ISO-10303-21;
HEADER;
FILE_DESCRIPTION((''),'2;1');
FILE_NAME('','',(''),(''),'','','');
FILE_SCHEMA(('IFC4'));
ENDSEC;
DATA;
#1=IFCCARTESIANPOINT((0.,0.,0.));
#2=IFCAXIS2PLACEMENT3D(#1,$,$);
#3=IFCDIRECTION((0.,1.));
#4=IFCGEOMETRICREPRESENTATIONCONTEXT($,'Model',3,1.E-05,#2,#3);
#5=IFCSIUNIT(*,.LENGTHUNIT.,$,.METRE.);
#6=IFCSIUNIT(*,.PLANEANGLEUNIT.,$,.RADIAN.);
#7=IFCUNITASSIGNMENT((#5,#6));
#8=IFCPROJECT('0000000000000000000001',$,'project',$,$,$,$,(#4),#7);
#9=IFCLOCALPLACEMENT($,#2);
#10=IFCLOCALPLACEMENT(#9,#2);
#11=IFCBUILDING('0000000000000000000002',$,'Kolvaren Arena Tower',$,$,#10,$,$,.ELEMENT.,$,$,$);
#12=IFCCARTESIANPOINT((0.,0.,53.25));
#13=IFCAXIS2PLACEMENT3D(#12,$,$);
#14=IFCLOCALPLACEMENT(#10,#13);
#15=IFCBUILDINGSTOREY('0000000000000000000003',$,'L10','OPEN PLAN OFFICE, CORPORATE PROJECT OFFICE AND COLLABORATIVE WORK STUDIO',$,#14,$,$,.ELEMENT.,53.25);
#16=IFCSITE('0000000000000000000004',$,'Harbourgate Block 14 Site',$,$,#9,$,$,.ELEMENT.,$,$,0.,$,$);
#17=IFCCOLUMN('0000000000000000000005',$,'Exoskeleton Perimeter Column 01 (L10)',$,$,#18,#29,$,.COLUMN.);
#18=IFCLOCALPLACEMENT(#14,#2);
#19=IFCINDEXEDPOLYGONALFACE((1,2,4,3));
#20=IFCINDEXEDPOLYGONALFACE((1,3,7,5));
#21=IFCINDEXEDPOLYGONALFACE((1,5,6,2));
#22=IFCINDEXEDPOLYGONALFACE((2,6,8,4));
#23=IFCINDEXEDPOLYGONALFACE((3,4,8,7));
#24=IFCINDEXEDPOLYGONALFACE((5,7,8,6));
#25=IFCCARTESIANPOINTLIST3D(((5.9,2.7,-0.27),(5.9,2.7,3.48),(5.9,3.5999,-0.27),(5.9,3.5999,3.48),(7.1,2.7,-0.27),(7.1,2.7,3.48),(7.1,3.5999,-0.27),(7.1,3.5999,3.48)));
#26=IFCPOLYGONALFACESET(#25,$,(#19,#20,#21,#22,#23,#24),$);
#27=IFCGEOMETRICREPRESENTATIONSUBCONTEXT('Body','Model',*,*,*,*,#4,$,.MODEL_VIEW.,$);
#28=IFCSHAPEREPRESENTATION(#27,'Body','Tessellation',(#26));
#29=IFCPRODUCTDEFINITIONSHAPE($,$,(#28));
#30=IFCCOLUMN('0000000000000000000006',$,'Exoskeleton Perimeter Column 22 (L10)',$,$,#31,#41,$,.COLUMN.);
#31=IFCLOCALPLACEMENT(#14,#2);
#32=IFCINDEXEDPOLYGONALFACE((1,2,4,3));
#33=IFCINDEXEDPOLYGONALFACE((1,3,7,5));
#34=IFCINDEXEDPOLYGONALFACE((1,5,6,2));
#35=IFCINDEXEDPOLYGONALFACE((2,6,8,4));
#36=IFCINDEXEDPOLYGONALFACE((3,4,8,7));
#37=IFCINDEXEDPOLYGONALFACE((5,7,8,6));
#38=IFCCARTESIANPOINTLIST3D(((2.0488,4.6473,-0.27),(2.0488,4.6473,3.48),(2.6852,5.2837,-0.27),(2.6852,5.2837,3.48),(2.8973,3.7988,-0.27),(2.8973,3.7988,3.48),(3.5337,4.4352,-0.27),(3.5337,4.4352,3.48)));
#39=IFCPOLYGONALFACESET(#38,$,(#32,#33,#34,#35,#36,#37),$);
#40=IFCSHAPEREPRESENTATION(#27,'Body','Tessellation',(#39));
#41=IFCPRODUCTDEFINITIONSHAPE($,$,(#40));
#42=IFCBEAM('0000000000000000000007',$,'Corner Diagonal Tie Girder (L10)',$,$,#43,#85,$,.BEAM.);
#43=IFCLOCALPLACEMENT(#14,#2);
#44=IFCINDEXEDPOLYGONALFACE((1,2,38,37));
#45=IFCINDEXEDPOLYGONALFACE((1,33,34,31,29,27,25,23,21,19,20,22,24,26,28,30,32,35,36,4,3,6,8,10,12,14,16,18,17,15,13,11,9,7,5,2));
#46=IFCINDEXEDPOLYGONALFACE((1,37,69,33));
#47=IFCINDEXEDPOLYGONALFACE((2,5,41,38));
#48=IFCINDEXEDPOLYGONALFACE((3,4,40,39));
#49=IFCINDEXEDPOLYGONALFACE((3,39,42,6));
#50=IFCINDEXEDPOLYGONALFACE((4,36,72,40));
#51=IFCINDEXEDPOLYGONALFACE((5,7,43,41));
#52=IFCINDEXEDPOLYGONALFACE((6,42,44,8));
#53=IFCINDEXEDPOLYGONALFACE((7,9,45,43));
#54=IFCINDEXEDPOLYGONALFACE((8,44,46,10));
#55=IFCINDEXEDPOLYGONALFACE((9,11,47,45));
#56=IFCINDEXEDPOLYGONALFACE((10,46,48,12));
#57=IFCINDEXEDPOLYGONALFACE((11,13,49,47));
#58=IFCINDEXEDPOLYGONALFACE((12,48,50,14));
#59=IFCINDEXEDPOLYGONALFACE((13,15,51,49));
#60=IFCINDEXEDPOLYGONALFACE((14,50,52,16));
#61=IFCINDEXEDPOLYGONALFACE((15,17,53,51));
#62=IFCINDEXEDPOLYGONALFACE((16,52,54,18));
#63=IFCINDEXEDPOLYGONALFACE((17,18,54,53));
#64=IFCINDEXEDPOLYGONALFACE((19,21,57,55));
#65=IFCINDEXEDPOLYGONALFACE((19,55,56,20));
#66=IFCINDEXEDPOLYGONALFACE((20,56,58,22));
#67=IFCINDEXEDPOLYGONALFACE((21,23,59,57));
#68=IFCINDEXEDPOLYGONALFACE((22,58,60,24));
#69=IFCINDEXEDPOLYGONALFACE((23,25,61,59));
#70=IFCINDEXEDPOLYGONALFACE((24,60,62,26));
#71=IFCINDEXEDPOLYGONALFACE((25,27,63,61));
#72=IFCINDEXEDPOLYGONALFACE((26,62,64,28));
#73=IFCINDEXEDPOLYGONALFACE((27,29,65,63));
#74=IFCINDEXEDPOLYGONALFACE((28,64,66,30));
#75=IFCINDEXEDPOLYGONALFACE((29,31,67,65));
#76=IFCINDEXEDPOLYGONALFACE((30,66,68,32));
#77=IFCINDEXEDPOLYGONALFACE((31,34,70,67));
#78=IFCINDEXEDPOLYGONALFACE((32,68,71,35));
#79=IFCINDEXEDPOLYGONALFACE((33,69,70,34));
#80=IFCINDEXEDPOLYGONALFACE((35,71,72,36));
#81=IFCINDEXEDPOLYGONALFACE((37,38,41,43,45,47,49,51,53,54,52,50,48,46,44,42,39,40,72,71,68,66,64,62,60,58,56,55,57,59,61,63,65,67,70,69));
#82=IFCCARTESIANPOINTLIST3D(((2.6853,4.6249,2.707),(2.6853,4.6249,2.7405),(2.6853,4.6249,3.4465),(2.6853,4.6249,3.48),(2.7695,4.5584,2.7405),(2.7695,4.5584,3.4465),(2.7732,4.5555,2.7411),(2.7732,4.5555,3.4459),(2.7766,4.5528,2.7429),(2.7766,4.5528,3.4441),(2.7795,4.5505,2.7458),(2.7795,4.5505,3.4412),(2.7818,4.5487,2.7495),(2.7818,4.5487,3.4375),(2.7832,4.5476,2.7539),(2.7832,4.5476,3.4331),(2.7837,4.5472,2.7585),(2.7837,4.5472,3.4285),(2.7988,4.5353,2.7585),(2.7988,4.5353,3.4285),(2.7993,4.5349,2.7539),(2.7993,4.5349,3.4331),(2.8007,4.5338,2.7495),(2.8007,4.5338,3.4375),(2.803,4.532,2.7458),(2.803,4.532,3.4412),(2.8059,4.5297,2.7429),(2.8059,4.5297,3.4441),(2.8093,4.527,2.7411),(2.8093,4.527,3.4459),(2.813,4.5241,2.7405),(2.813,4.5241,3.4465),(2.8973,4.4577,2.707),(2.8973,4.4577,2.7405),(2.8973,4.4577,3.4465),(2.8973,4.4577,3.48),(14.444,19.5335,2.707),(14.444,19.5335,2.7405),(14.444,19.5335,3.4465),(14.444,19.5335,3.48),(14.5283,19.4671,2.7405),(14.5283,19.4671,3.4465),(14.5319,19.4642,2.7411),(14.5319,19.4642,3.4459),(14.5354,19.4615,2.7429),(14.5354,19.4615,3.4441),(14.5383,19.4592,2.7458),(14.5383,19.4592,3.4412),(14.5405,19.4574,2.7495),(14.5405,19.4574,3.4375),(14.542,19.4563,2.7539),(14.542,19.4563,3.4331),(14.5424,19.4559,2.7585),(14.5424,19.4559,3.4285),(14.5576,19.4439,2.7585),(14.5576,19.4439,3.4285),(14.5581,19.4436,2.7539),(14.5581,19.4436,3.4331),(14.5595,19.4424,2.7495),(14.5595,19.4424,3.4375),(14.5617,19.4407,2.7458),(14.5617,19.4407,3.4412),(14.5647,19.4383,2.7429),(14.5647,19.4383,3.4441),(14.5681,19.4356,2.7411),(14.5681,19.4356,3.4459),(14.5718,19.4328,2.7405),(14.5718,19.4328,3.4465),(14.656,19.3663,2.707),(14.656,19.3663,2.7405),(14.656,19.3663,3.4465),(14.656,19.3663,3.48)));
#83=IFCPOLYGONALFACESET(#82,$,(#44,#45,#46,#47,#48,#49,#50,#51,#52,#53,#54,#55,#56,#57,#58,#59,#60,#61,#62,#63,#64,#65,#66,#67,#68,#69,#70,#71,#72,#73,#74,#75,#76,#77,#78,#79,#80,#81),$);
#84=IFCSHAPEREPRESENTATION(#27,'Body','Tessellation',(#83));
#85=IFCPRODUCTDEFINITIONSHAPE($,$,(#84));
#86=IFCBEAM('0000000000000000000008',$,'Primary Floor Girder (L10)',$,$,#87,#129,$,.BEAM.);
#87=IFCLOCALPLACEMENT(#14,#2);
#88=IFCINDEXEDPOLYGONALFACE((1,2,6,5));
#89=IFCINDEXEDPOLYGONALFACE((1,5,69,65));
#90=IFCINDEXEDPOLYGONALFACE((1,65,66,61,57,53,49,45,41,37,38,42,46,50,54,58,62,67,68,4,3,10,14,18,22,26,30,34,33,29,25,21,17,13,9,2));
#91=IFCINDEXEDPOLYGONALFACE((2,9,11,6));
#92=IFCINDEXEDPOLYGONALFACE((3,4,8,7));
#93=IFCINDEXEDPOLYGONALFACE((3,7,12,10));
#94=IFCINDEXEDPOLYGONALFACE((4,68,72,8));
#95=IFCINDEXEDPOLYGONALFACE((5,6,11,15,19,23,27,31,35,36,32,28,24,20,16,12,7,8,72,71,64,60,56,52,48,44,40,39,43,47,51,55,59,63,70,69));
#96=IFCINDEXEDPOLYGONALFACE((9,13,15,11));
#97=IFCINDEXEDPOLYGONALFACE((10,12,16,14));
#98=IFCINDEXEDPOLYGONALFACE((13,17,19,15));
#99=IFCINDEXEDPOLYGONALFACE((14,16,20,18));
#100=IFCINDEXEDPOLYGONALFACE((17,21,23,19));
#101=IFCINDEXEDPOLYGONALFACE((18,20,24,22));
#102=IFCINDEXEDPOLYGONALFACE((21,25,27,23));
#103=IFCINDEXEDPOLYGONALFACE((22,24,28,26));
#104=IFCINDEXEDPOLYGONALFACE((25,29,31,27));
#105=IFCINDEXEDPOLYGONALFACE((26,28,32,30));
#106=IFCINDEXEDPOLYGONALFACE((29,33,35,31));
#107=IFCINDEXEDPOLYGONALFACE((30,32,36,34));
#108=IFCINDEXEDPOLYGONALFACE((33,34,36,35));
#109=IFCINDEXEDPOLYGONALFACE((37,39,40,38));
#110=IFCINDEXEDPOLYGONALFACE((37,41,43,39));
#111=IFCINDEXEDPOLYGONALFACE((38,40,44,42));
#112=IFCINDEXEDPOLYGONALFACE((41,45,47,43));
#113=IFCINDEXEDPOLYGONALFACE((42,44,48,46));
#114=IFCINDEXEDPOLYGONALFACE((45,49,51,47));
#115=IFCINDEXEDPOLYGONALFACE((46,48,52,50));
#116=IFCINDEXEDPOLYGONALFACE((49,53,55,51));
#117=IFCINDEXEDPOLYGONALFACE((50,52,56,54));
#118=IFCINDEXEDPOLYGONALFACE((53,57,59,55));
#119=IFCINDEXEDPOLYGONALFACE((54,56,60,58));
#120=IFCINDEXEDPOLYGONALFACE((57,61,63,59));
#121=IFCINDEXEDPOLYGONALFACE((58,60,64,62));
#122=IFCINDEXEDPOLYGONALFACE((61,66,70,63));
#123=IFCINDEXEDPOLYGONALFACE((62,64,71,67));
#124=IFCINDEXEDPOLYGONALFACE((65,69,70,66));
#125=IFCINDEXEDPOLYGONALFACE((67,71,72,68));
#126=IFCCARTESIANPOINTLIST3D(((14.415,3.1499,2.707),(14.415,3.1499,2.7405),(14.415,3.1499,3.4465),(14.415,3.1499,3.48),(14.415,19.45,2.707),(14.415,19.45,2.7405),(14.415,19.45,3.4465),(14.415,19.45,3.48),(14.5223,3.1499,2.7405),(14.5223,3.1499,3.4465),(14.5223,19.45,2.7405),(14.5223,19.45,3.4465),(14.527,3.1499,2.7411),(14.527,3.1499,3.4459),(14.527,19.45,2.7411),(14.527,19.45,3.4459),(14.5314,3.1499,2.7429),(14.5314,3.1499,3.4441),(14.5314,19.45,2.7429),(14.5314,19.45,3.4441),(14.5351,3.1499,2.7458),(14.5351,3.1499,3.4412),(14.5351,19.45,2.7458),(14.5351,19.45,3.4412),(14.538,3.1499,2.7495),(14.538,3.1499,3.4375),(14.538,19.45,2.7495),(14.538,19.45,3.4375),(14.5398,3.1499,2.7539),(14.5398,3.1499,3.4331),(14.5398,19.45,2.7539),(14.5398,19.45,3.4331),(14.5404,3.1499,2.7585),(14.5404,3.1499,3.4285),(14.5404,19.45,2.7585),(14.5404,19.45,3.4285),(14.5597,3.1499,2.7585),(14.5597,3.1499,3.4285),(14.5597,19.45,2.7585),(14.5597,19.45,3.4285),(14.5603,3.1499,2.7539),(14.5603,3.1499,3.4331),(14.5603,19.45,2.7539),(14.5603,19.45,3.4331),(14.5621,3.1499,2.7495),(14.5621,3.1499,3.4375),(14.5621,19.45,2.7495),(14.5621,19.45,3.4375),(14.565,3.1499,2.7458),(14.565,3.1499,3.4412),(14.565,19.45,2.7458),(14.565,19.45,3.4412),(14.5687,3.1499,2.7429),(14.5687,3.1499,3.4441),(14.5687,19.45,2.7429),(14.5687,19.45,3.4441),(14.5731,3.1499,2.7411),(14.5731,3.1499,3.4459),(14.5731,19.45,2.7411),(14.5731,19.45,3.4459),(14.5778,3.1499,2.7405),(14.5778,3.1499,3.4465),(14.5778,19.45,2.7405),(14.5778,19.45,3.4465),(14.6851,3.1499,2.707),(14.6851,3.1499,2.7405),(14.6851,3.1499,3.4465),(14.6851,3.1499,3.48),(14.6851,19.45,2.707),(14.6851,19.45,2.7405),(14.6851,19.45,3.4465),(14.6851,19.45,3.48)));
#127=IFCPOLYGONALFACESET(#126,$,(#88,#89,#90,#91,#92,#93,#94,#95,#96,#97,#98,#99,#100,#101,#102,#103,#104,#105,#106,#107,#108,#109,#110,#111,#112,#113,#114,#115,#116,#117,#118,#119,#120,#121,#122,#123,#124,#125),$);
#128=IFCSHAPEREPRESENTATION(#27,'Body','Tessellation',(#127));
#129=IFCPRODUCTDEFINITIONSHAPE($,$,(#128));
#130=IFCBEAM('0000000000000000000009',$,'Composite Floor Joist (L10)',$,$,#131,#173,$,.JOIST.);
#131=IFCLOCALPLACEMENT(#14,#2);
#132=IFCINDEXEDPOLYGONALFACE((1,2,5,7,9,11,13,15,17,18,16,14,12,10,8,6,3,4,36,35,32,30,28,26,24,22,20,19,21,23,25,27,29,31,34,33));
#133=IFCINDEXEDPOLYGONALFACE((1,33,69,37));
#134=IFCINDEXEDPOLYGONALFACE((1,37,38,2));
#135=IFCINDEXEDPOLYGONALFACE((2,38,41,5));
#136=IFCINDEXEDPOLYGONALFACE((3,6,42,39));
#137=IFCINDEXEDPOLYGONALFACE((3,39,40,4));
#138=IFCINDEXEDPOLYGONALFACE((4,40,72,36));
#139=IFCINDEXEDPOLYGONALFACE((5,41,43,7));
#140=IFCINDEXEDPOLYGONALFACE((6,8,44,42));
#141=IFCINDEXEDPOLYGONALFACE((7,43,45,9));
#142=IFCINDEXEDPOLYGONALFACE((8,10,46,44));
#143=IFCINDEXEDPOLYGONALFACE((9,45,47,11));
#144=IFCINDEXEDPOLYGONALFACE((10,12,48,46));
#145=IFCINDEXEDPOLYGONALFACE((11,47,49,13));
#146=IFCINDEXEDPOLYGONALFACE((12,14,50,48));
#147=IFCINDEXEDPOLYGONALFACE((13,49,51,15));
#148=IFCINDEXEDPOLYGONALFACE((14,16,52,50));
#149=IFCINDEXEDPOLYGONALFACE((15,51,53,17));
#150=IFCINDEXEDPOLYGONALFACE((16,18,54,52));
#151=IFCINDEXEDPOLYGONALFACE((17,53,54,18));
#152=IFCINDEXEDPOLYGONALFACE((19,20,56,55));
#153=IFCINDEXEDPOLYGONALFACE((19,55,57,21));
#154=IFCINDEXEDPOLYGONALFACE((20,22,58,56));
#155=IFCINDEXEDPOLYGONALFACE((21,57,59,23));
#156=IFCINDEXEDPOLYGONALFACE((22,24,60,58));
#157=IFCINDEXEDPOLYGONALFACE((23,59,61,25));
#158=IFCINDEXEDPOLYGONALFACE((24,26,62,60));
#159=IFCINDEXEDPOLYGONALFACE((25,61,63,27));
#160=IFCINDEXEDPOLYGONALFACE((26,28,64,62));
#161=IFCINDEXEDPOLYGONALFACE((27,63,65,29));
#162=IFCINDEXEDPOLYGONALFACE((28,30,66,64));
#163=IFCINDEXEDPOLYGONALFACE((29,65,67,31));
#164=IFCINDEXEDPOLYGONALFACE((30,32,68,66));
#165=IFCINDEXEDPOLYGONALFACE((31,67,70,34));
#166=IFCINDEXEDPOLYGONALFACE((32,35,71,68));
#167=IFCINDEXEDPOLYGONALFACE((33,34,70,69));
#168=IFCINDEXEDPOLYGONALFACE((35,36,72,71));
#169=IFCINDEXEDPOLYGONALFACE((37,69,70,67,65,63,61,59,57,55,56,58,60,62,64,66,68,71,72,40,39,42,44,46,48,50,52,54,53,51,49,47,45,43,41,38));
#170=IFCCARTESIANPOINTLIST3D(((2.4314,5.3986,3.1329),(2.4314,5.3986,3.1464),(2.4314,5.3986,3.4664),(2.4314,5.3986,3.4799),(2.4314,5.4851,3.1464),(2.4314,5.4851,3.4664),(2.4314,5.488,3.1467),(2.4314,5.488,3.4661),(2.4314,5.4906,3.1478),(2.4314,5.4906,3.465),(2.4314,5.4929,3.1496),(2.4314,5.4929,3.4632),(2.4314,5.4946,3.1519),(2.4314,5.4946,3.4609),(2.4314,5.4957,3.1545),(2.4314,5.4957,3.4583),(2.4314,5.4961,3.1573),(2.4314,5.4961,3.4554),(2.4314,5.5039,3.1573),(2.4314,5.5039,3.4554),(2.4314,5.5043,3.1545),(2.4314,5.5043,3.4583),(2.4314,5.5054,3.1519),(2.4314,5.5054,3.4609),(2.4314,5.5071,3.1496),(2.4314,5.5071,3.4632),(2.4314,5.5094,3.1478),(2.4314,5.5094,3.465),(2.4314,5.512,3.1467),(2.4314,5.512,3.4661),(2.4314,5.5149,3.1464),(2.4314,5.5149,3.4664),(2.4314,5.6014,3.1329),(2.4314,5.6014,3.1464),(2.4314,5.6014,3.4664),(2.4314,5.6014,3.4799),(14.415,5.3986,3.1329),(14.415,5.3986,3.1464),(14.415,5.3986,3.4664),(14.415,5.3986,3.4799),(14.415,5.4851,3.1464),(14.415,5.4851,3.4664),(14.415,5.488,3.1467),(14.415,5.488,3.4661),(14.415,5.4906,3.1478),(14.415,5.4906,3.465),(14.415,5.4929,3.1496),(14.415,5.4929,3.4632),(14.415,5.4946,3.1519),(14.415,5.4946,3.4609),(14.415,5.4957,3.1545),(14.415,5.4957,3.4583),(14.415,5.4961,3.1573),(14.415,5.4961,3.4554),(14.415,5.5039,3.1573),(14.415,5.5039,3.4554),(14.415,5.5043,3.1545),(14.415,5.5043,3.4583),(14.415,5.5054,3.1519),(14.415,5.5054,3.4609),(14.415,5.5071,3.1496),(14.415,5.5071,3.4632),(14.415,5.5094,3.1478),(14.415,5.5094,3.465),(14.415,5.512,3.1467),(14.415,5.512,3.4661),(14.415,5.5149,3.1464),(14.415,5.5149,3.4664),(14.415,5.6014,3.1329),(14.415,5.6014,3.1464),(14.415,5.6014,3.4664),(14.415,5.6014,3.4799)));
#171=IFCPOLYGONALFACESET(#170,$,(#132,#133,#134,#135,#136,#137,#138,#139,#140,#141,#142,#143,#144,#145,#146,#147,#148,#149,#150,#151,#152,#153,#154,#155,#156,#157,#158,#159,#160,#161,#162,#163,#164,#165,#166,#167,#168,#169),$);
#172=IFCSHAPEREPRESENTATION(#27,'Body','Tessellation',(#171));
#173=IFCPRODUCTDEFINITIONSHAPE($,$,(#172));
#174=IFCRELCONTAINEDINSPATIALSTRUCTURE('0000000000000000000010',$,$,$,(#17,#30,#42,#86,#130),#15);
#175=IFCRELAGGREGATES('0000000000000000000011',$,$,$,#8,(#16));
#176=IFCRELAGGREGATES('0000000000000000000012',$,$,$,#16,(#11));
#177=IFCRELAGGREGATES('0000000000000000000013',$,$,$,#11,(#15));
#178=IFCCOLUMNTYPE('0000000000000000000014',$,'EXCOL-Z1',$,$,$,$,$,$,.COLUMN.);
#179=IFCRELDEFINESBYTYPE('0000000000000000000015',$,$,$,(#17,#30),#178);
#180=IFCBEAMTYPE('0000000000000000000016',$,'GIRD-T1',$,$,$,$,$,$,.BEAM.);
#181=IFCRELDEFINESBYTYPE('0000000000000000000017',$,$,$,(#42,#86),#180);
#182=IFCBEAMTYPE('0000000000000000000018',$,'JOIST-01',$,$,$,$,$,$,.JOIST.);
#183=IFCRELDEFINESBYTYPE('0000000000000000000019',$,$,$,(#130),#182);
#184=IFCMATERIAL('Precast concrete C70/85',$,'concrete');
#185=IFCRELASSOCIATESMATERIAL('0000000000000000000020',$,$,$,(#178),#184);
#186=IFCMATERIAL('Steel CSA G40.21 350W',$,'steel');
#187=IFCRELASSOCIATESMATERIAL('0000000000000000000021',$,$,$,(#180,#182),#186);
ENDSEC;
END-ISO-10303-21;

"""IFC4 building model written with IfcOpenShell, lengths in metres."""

from ifc_helpers import new_model, si_unit, direction, frame, origin, origin_2d, place, context, subcontext, project, spatial, rectangle, i_section, extrude, material, material_profile, profile_set, type_object, element, save


model = new_model("IFC4")

# Units and contexts
model_context = context("Model", 3, precision=1e-05, world=origin(), true_north=direction((0.0, 1.0)))
body_context = subcontext(model_context, "Body", "Model", "MODEL_VIEW")
ifc_project = project(units=[si_unit("LENGTHUNIT", "METRE"), si_unit("PLANEANGLEUNIT", "RADIAN")], contexts=[model_context])

# Site, building, storey
site_placement = place(None, origin())
site = spatial("IfcSite", under=ifc_project, at=site_placement, Name="Harbourgate Block 14 Site", CompositionType="ELEMENT", RefElevation=0.0)
building_placement = place(site_placement, origin())
building = spatial("IfcBuilding", under=site, at=building_placement, Name="Kolvaren Arena Tower", CompositionType="ELEMENT")
storey_placement = place(building_placement, frame((0.0, 0.0, 53.25)))
storey = spatial("IfcBuildingStorey", under=building, at=storey_placement, Name="L10", Description="OPEN PLAN OFFICE, CORPORATE PROJECT OFFICE AND COLLABORATIVE WORK STUDIO", CompositionType="ELEMENT", Elevation=53.25)

# Columns
ifc_material_1 = material(Name="Precast concrete C70/85", Category="concrete")
ifc_material_profile_1 = material_profile(ifc_material_1, rectangle(XDim=1.2, YDim=0.8999, at=origin_2d()), Name="RC-1200x900")
ifc_profile_set_1 = profile_set([ifc_material_profile_1], Name="Precast concrete C70/85")
column_type = type_object("IfcColumnType", Name="EXCOL-Z1", PredefinedType="COLUMN", material=ifc_profile_set_1)
for number, where, z_axis, x_axis, name in (
    (1, (6.5, 3.1499, -0.27), (0.0, 0.0, 1.0), (1.0, 0.0, 0.0), "Exoskeleton Perimeter Column 01 (L10)"),
    (2, (2.7913, 4.5413, -0.27), (0.0, 0.0, 1.0), (-0.707107, 0.707107, 0.0), "Exoskeleton Perimeter Column 22 (L10)"),
):
    element("IfcColumn", number, at=place(storey_placement, frame(where, z_axis=z_axis, x_axis=x_axis)), inside=storey, type_object=column_type, Name=name, PredefinedType="COLUMN", context=body_context, shape_type="SweptSolid", body=[
        extrude(rectangle(XDim=1.2, YDim=0.8999, at=origin_2d()), origin(), (0.0, 0.0, 1.0), 3.75),
    ])

# Beams
ifc_material_2 = material(Name="Steel CSA G40.21 350W", Category="steel")
ifc_material_profile_2 = material_profile(ifc_material_2, i_section(OverallWidth=0.27, OverallDepth=0.7729, WebThickness=0.0193, FlangeThickness=0.0334, FilletRadius=0.0181, at=origin_2d()), Name="W760x257")
ifc_profile_set_2 = profile_set([ifc_material_profile_2], Name="Steel CSA G40.21 350W")
beam_type_1 = type_object("IfcBeamType", Name="GIRD-T1", PredefinedType="BEAM", material=ifc_profile_set_2)
beam_1_placement = place(storey_placement, frame((2.7913, 4.5413, 3.0935), z_axis=(0.61928, 0.78517, 0.0), x_axis=(-0.78517, 0.61928, 0.0)))
element("IfcBeam", 3, at=beam_1_placement, inside=storey, type_object=beam_type_1, Name="Corner Diagonal Tie Girder (L10)", PredefinedType="BEAM", context=body_context, shape_type="SweptSolid", body=[
    extrude(i_section(OverallWidth=0.27, OverallDepth=0.7729, WebThickness=0.0193, FlangeThickness=0.0334, FilletRadius=0.0181, at=origin_2d()), origin(), (0.0, 0.0, 1.0), 18.9878),
])
beam_2_placement = place(storey_placement, frame((14.55, 3.1499, 3.0935), z_axis=(0.0, 1.0, 0.0), x_axis=(-1.0, 0.0, 0.0)))
element("IfcBeam", 4, at=beam_2_placement, inside=storey, type_object=beam_type_1, Name="Primary Floor Girder (L10)", PredefinedType="BEAM", context=body_context, shape_type="SweptSolid", body=[
    extrude(i_section(OverallWidth=0.27, OverallDepth=0.7729, WebThickness=0.0193, FlangeThickness=0.0334, FilletRadius=0.0181, at=origin_2d()), origin(), (0.0, 0.0, 1.0), 16.3),
])
ifc_material_profile_3 = material_profile(ifc_material_2, i_section(OverallWidth=0.2029, OverallDepth=0.3469, WebThickness=0.0078, FlangeThickness=0.0134, FilletRadius=0.011, at=origin_2d()), Name="W360x64")
ifc_profile_set_3 = profile_set([ifc_material_profile_3], Name="Steel CSA G40.21 350W")
beam_type_2 = type_object("IfcBeamType", Name="JOIST-01", PredefinedType="JOIST", material=ifc_profile_set_3)
beam_3_placement = place(storey_placement, frame((2.4314, 5.5, 3.3064), z_axis=(1.0, 0.0, 0.0), x_axis=(0.0, 1.0, 0.0)))
element("IfcBeam", 5, at=beam_3_placement, inside=storey, type_object=beam_type_2, Name="Composite Floor Joist (L10)", PredefinedType="JOIST", context=body_context, shape_type="SweptSolid", body=[
    extrude(i_section(OverallWidth=0.2029, OverallDepth=0.3469, WebThickness=0.0078, FlangeThickness=0.0134, FilletRadius=0.011, at=origin_2d()), origin(), (0.0, 0.0, 1.0), 11.9836),
])

save(model, "model.ifc")
